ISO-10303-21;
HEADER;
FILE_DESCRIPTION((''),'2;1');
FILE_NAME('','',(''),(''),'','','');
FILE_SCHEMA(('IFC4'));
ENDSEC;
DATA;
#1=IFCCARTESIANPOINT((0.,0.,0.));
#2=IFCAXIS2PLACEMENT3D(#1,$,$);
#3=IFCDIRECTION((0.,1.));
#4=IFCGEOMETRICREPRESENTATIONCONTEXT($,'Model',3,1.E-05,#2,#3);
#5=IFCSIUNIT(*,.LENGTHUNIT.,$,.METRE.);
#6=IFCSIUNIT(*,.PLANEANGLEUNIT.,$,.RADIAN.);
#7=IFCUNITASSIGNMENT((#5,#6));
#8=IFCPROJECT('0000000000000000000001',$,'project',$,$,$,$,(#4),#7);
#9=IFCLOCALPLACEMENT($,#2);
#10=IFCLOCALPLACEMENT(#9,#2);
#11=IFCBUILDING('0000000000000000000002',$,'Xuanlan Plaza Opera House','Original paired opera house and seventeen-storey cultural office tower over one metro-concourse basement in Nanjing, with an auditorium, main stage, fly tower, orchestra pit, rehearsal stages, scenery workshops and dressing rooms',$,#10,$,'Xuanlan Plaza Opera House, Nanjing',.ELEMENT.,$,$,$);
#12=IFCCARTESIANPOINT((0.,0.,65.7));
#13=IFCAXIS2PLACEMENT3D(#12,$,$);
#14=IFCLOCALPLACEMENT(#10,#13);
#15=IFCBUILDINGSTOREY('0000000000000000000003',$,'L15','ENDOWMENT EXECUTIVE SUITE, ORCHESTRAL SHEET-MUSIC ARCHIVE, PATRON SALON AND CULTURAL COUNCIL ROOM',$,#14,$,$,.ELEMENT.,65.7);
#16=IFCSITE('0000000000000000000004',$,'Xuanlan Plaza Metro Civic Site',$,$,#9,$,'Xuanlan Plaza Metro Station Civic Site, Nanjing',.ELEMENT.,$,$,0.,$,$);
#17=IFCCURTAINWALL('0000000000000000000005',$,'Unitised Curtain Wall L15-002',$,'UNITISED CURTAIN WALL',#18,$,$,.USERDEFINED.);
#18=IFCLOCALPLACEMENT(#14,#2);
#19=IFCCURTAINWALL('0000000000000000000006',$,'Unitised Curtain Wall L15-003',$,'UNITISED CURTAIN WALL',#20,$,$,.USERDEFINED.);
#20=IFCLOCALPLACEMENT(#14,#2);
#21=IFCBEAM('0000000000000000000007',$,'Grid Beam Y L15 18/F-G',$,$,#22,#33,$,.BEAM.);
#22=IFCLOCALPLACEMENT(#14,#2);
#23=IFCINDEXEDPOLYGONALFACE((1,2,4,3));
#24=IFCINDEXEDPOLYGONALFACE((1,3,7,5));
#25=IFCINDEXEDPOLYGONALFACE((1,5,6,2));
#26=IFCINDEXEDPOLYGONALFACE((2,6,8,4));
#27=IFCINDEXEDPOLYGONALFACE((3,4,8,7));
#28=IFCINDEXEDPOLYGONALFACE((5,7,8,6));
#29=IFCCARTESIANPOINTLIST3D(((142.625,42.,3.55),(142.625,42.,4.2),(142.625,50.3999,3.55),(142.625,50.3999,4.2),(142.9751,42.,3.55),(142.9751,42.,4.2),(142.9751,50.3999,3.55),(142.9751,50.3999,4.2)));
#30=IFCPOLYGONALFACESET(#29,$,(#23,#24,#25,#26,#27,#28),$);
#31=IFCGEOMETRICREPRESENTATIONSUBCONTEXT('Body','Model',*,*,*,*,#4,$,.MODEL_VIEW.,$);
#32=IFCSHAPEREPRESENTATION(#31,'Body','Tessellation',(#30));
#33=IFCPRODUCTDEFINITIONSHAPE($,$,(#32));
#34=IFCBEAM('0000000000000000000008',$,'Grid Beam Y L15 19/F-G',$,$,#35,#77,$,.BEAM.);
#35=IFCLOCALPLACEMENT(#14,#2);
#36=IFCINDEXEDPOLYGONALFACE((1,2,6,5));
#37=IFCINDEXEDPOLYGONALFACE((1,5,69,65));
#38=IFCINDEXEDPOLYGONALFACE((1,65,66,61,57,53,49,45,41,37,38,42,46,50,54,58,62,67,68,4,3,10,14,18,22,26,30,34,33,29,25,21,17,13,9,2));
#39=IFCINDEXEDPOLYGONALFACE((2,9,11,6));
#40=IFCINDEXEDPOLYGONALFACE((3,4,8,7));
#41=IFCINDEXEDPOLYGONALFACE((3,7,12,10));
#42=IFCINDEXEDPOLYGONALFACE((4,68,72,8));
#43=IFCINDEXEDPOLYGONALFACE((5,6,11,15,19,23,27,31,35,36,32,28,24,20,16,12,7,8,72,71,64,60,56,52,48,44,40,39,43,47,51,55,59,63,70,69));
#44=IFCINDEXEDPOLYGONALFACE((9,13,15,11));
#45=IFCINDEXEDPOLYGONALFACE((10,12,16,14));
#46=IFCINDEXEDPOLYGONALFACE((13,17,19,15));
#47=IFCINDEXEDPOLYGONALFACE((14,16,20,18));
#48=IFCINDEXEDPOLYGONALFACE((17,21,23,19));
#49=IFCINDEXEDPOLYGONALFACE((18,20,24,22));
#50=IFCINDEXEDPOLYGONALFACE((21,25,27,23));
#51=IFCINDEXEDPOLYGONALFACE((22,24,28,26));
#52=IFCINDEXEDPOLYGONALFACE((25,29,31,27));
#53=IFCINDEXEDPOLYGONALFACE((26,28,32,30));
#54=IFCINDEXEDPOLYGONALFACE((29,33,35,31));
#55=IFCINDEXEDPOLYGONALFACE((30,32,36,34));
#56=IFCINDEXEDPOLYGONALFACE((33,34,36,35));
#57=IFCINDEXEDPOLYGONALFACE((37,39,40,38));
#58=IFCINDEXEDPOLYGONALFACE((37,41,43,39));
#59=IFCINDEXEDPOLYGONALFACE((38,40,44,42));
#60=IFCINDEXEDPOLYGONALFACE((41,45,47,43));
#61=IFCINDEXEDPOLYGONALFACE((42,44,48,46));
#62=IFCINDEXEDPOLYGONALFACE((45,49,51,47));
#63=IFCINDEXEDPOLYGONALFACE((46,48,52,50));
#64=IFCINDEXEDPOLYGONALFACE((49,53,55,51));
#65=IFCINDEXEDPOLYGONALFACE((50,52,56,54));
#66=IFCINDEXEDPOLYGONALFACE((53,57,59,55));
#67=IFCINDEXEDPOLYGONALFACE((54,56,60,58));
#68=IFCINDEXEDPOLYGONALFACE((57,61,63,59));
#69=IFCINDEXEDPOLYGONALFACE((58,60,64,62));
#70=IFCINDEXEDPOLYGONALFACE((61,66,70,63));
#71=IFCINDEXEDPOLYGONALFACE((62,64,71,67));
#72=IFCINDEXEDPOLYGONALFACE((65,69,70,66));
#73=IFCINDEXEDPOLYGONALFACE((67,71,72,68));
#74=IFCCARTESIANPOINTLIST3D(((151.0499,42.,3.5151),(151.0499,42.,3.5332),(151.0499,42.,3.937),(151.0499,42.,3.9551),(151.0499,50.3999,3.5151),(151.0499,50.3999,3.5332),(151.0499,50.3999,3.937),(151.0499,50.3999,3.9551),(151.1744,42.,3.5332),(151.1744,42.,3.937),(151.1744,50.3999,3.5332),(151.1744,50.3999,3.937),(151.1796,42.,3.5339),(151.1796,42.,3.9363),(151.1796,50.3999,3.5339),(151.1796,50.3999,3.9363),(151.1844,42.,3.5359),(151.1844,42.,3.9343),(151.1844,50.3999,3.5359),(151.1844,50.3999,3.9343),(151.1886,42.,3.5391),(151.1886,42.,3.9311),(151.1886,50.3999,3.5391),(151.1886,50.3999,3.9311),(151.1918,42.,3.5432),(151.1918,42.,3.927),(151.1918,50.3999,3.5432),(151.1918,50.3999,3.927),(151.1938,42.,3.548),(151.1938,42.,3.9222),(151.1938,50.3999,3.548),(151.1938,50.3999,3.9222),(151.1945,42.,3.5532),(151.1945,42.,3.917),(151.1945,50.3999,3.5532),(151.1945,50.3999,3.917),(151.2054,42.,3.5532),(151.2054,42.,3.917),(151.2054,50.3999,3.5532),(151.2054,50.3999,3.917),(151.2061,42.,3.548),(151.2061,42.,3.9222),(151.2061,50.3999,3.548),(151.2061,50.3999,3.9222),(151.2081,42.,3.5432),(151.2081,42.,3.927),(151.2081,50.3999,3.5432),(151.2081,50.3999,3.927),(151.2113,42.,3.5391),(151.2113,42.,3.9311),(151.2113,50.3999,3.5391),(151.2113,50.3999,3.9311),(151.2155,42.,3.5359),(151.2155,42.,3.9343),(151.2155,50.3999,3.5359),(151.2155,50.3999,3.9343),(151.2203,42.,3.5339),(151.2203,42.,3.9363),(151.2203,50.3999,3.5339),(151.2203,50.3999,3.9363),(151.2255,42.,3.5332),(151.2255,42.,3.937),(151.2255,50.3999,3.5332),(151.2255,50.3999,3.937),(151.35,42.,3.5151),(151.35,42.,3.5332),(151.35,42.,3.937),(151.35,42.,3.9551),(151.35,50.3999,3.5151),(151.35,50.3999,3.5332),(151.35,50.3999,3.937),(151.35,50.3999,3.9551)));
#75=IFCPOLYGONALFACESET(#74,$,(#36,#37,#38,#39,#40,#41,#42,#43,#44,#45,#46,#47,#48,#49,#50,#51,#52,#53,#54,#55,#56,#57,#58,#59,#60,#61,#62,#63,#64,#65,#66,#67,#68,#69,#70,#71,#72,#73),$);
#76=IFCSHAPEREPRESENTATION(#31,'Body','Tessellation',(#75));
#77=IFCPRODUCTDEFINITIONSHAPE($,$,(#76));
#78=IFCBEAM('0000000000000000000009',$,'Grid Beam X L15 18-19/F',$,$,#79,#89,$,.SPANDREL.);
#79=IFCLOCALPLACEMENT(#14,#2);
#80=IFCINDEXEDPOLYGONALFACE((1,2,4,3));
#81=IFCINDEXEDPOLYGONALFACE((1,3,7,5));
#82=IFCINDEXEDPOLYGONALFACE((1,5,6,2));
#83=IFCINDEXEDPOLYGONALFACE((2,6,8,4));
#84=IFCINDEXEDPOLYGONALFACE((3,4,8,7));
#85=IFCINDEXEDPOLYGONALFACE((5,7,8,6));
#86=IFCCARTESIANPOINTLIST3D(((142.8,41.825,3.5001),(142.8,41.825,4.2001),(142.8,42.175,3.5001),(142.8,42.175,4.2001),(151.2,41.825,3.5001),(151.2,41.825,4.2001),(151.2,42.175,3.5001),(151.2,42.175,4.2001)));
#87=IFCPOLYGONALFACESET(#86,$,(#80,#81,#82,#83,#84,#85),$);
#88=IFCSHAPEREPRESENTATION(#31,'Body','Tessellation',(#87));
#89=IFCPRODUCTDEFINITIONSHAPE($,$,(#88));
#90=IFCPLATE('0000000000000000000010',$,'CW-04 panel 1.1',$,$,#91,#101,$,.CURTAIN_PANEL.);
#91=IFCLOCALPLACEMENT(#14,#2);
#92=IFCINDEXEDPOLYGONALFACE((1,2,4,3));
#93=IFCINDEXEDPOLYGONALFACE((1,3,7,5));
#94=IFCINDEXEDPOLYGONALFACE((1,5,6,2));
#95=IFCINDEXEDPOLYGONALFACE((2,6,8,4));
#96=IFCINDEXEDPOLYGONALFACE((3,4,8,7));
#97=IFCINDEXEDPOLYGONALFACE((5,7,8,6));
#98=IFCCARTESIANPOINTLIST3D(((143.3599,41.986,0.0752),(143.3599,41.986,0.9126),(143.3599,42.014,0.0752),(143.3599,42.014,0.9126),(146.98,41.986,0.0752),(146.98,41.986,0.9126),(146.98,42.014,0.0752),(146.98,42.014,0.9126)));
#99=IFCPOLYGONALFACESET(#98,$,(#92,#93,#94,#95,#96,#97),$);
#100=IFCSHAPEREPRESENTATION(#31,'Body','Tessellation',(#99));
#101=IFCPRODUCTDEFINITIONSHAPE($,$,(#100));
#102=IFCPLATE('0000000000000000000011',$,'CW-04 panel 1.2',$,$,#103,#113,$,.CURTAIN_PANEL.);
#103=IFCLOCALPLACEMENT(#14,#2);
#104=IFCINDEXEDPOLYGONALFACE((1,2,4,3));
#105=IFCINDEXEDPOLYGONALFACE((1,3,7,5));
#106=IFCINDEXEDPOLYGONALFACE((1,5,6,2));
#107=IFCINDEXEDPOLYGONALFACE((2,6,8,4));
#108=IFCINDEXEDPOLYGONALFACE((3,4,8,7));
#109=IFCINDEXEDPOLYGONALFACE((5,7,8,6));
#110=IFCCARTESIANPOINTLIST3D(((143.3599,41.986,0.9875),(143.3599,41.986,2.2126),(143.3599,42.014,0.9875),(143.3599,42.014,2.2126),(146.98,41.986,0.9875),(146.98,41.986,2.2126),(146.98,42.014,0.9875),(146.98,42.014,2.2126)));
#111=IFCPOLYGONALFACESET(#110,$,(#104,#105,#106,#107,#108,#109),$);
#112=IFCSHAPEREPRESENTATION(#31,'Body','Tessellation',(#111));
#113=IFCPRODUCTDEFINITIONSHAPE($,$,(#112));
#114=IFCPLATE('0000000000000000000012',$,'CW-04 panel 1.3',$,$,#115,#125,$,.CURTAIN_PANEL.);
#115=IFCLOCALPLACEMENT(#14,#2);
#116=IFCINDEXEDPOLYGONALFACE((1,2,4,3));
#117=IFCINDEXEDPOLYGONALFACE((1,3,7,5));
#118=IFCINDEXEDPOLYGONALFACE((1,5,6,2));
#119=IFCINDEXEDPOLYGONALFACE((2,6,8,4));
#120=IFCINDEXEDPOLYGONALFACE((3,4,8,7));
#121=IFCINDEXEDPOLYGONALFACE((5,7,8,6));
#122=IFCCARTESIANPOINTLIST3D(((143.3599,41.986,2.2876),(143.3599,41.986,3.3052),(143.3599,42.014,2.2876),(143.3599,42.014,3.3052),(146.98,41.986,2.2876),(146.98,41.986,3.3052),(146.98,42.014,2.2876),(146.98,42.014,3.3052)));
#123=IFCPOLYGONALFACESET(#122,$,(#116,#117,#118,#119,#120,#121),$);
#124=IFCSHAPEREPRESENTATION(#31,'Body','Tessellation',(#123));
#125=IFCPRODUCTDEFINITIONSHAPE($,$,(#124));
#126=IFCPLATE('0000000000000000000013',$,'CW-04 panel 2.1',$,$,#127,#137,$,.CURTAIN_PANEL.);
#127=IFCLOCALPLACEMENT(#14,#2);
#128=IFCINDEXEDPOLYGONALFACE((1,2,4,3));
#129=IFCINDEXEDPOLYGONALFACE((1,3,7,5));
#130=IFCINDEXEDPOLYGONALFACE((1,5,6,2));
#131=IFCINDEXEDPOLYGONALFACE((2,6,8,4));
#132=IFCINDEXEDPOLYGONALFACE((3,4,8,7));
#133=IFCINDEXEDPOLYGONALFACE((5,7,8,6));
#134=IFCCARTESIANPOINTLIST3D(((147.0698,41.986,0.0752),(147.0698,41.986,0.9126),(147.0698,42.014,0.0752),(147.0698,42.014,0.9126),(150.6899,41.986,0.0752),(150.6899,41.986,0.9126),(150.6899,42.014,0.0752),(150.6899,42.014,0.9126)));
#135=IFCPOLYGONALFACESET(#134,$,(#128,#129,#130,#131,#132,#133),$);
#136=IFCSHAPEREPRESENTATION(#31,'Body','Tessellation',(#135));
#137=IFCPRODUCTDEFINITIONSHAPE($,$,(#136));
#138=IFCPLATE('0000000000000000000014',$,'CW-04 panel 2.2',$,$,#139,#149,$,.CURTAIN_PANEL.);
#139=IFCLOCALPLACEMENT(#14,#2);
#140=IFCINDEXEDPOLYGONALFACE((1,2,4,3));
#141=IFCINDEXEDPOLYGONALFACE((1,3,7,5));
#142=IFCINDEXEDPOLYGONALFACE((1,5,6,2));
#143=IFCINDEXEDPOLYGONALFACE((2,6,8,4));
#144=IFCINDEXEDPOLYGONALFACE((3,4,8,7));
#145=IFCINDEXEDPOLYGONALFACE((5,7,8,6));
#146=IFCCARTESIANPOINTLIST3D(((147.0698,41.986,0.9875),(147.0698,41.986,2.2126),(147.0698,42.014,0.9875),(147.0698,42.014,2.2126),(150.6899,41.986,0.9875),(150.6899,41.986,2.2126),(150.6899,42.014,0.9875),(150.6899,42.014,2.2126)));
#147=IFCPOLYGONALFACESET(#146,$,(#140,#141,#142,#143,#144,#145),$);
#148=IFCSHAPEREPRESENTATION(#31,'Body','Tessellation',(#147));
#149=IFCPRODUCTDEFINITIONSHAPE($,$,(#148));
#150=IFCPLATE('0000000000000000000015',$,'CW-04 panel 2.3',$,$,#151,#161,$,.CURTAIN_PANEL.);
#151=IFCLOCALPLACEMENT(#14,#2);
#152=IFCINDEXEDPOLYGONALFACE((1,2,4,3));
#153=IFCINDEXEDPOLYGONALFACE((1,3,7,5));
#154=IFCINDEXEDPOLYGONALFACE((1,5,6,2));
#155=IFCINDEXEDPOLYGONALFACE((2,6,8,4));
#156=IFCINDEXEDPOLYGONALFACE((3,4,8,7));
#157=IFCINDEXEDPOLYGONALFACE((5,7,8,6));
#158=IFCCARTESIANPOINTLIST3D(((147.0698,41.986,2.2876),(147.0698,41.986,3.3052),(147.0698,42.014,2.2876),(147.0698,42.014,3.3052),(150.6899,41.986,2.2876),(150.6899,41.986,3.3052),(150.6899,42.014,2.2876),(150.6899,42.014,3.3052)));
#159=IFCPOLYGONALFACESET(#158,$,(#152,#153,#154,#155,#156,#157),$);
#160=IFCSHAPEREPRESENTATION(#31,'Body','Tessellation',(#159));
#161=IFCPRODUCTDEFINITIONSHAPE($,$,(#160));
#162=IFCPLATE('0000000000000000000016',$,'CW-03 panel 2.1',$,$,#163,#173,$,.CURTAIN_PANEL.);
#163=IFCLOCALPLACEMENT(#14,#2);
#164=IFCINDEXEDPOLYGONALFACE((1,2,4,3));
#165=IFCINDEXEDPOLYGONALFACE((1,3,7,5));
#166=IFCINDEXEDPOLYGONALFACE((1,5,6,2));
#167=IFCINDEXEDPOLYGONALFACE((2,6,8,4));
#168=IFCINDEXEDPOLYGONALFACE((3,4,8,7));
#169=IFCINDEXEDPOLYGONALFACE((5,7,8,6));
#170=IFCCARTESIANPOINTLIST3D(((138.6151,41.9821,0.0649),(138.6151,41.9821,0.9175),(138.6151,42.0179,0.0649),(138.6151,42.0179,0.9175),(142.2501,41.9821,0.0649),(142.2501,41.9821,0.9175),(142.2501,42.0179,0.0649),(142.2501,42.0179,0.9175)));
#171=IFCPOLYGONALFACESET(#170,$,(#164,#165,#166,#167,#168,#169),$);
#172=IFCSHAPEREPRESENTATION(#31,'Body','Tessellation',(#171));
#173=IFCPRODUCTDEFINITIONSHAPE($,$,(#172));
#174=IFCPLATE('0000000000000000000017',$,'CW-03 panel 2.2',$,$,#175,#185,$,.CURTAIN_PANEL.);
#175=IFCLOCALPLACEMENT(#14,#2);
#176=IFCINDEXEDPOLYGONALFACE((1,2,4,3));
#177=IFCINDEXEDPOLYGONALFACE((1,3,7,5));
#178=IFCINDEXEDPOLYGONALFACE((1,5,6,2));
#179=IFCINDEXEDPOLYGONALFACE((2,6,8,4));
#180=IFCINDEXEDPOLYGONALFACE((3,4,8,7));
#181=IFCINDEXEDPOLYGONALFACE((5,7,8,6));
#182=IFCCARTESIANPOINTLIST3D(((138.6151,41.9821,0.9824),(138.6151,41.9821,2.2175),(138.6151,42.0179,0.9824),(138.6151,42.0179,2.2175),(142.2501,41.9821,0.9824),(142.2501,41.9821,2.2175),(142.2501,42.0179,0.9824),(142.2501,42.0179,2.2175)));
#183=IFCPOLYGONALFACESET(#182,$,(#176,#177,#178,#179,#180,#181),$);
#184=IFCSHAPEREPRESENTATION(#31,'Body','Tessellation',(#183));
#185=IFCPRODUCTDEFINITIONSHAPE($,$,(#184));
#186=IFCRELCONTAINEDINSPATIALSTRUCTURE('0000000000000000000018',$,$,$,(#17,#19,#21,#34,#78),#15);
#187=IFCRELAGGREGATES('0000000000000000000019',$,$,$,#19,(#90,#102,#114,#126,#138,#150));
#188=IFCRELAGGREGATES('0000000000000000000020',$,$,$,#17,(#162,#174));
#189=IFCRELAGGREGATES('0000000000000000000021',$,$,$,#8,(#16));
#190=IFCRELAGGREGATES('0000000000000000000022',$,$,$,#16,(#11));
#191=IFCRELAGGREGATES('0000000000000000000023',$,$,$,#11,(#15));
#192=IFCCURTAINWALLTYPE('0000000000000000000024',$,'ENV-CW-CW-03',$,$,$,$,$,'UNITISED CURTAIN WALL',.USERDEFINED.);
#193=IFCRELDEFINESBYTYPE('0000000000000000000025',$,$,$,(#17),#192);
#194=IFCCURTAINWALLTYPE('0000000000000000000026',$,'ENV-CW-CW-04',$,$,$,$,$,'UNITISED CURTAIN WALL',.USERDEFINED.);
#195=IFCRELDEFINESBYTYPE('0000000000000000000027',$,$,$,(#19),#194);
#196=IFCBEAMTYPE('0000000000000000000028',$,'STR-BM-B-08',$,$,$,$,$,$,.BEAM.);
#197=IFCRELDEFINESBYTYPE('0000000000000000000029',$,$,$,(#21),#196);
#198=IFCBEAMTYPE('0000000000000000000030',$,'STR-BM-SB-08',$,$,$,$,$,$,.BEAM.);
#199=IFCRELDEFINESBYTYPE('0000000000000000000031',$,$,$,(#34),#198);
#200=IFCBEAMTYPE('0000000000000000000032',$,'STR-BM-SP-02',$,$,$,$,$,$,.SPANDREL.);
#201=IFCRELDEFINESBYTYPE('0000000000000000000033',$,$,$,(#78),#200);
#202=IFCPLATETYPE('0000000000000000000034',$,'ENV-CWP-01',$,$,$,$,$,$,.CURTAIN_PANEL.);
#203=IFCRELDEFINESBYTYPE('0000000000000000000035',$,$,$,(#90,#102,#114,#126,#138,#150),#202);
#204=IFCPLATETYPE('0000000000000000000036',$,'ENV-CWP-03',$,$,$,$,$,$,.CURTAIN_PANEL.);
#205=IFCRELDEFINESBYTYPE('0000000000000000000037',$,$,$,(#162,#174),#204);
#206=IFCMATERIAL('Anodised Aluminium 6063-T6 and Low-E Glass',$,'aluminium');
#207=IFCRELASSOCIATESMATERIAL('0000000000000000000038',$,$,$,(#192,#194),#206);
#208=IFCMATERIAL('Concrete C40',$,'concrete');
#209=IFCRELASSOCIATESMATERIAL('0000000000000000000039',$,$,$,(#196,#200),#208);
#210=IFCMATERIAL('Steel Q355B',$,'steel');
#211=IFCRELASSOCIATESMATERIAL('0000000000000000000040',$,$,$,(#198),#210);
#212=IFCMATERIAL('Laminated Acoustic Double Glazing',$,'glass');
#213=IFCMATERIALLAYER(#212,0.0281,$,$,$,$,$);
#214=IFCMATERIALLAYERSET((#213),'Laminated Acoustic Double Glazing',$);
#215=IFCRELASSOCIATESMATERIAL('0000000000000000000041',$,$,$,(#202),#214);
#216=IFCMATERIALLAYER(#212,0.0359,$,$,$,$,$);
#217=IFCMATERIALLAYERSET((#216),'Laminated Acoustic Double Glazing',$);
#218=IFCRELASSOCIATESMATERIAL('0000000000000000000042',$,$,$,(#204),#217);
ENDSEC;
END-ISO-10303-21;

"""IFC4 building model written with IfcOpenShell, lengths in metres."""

from ifc_helpers import new_model, si_unit, direction, frame, origin, origin_2d, place, context, subcontext, project, spatial, rectangle, i_section, extrude, material, layer, layer_set, material_profile, profile_set, type_object, element, aggregate, save


model = new_model("IFC4")

# Units and contexts
model_context = context("Model", 3, precision=1e-05, world=origin(), true_north=direction((0.0, 1.0)))
body_context = subcontext(model_context, "Body", "Model", "MODEL_VIEW")
ifc_project = project(units=[si_unit("LENGTHUNIT", "METRE"), si_unit("PLANEANGLEUNIT", "RADIAN")], contexts=[model_context])

# Site, building, storey
site_placement = place(None, origin())
site = spatial("IfcSite", under=ifc_project, at=site_placement, Name="Xuanlan Plaza Metro Civic Site", LongName="Xuanlan Plaza Metro Station Civic Site, Nanjing", CompositionType="ELEMENT", RefElevation=0.0)
building_placement = place(site_placement, origin())
building = spatial("IfcBuilding", under=site, at=building_placement, Name="Xuanlan Plaza Opera House", Description="Original paired opera house and seventeen-storey cultural office tower over one metro-concourse basement in Nanjing, with an auditorium, main stage, fly tower, orchestra pit, rehearsal stages, scenery workshops and dressing rooms", LongName="Xuanlan Plaza Opera House, Nanjing", CompositionType="ELEMENT")
storey_placement = place(building_placement, frame((0.0, 0.0, 65.7)))
storey = spatial("IfcBuildingStorey", under=building, at=storey_placement, Name="L15", Description="ENDOWMENT EXECUTIVE SUITE, ORCHESTRAL SHEET-MUSIC ARCHIVE, PATRON SALON AND CULTURAL COUNCIL ROOM", CompositionType="ELEMENT", Elevation=65.7)

# Curtain wall
ifc_material_1 = material(Name="Anodised Aluminium 6063-T6 and Low-E Glass", Category="aluminium")
curtain_wall_type_1 = type_object("IfcCurtainWallType", Name="ENV-CW-CW-03", ElementType="UNITISED CURTAIN WALL", PredefinedType="USERDEFINED", material=ifc_material_1)
curtain_wall_1_placement = place(storey_placement, origin())
curtain_wall_1 = element("IfcCurtainWall", 1, at=curtain_wall_1_placement, inside=storey, type_object=curtain_wall_type_1, Name="Unitised Curtain Wall L15-002", ObjectType="UNITISED CURTAIN WALL", PredefinedType="USERDEFINED")

# Curtain wall
curtain_wall_type_2 = type_object("IfcCurtainWallType", Name="ENV-CW-CW-04", ElementType="UNITISED CURTAIN WALL", PredefinedType="USERDEFINED", material=ifc_material_1)
curtain_wall_2_placement = place(storey_placement, origin())
curtain_wall_2 = element("IfcCurtainWall", 2, at=curtain_wall_2_placement, inside=storey, type_object=curtain_wall_type_2, Name="Unitised Curtain Wall L15-003", ObjectType="UNITISED CURTAIN WALL", PredefinedType="USERDEFINED")

# Beams
ifc_material_2 = material(Name="Concrete C40", Category="concrete")
ifc_material_profile_1 = material_profile(ifc_material_2, rectangle(XDim=0.3501, YDim=0.6499, at=origin_2d()), Name="RC-BM 350x650")
ifc_profile_set_1 = profile_set([ifc_material_profile_1], Name="Concrete C40")
beam_type_1 = type_object("IfcBeamType", Name="STR-BM-B-08", PredefinedType="BEAM", material=ifc_profile_set_1)
beam_1_placement = place(storey_placement, frame((142.8, 42.0, 3.875), z_axis=(0.0, 1.0, 0.0), x_axis=(-1.0, 0.0, 0.0)))
element("IfcBeam", 3, at=beam_1_placement, inside=storey, type_object=beam_type_1, Name="Grid Beam Y L15 18/F-G", PredefinedType="BEAM", context=body_context, shape_type="SweptSolid", body=[
    extrude(rectangle(XDim=0.3501, YDim=0.6499, at=origin_2d()), origin(), (0.0, 0.0, 1.0), 8.3999),
])
ifc_material_3 = material(Name="Steel Q355B", Category="steel")
ifc_material_profile_2 = material_profile(ifc_material_3, i_section(OverallWidth=0.3, OverallDepth=0.4399, WebThickness=0.011, FlangeThickness=0.0181, FilletRadius=0.02, at=origin_2d()), Name="HM 440x300x11x18")
ifc_profile_set_2 = profile_set([ifc_material_profile_2], Name="Steel Q355B")
beam_type_2 = type_object("IfcBeamType", Name="STR-BM-SB-08", PredefinedType="BEAM", material=ifc_profile_set_2)
beam_2_placement = place(storey_placement, frame((151.2, 42.0, 3.7351), z_axis=(0.0, 1.0, 0.0), x_axis=(-1.0, 0.0, 0.0)))
element("IfcBeam", 4, at=beam_2_placement, inside=storey, type_object=beam_type_2, Name="Grid Beam Y L15 19/F-G", PredefinedType="BEAM", context=body_context, shape_type="SweptSolid", body=[
    extrude(i_section(OverallWidth=0.3, OverallDepth=0.4399, WebThickness=0.011, FlangeThickness=0.0181, FilletRadius=0.02, at=origin_2d()), origin(), (0.0, 0.0, 1.0), 8.3999),
])
ifc_material_profile_3 = material_profile(ifc_material_2, rectangle(XDim=0.3501, YDim=0.7, at=origin_2d()), Name="RC-SPD 350x700")
ifc_profile_set_3 = profile_set([ifc_material_profile_3], Name="Concrete C40")
beam_type_3 = type_object("IfcBeamType", Name="STR-BM-SP-02", PredefinedType="SPANDREL", material=ifc_profile_set_3)
beam_3_placement = place(storey_placement, frame((142.8, 42.0, 3.8501), z_axis=(1.0, 0.0, 0.0), x_axis=(0.0, 1.0, 0.0)))
element("IfcBeam", 5, at=beam_3_placement, inside=storey, type_object=beam_type_3, Name="Grid Beam X L15 18-19/F", PredefinedType="SPANDREL", context=body_context, shape_type="SweptSolid", body=[
    extrude(rectangle(XDim=0.3501, YDim=0.7, at=origin_2d()), origin(), (0.0, 0.0, 1.0), 8.3999),
])

# Plates
ifc_material_4 = material(Name="Laminated Acoustic Double Glazing", Category="glass")
ifc_layer_1 = layer(ifc_material_4, 0.0281)
ifc_layer_set_1 = layer_set([ifc_layer_1], Name="Laminated Acoustic Double Glazing")
plate_type_1 = type_object("IfcPlateType", Name="ENV-CWP-01", PredefinedType="CURTAIN_PANEL", material=ifc_layer_set_1)
plate_1_placement = place(storey_placement, frame((145.1699, 42.0, 0.0752), z_axis=(0.0, 0.0, 1.0), x_axis=(1.0, 0.0, 0.0)))
plate_1 = element("IfcPlate", 6, at=plate_1_placement, type_object=plate_type_1, Name="CW-04 panel 1.1", PredefinedType="CURTAIN_PANEL", context=body_context, shape_type="SweptSolid", body=[
    extrude(rectangle(XDim=3.6201, YDim=0.0281, at=origin_2d()), origin(), (0.0, 0.0, 1.0), 0.8374),
])
plate_2_placement = place(storey_placement, frame((145.1699, 42.0, 0.9875), z_axis=(0.0, 0.0, 1.0), x_axis=(1.0, 0.0, 0.0)))
plate_2 = element("IfcPlate", 7, at=plate_2_placement, type_object=plate_type_1, Name="CW-04 panel 1.2", PredefinedType="CURTAIN_PANEL", context=body_context, shape_type="SweptSolid", body=[
    extrude(rectangle(XDim=3.6201, YDim=0.0281, at=origin_2d()), origin(), (0.0, 0.0, 1.0), 1.2251),
])
plate_3_placement = place(storey_placement, frame((145.1699, 42.0, 2.2876), z_axis=(0.0, 0.0, 1.0), x_axis=(1.0, 0.0, 0.0)))
plate_3 = element("IfcPlate", 8, at=plate_3_placement, type_object=plate_type_1, Name="CW-04 panel 1.3", PredefinedType="CURTAIN_PANEL", context=body_context, shape_type="SweptSolid", body=[
    extrude(rectangle(XDim=3.6201, YDim=0.0281, at=origin_2d()), origin(), (0.0, 0.0, 1.0), 1.0176),
])
plate_4_placement = place(storey_placement, frame((148.8799, 42.0, 0.0752), z_axis=(0.0, 0.0, 1.0), x_axis=(1.0, 0.0, 0.0)))
plate_4 = element("IfcPlate", 9, at=plate_4_placement, type_object=plate_type_1, Name="CW-04 panel 2.1", PredefinedType="CURTAIN_PANEL", context=body_context, shape_type="SweptSolid", body=[
    extrude(rectangle(XDim=3.6201, YDim=0.0281, at=origin_2d()), origin(), (0.0, 0.0, 1.0), 0.8374),
])
plate_5_placement = place(storey_placement, frame((148.8799, 42.0, 0.9875), z_axis=(0.0, 0.0, 1.0), x_axis=(1.0, 0.0, 0.0)))
plate_5 = element("IfcPlate", 10, at=plate_5_placement, type_object=plate_type_1, Name="CW-04 panel 2.2", PredefinedType="CURTAIN_PANEL", context=body_context, shape_type="SweptSolid", body=[
    extrude(rectangle(XDim=3.6201, YDim=0.0281, at=origin_2d()), origin(), (0.0, 0.0, 1.0), 1.2251),
])
plate_6_placement = place(storey_placement, frame((148.8799, 42.0, 2.2876), z_axis=(0.0, 0.0, 1.0), x_axis=(1.0, 0.0, 0.0)))
plate_6 = element("IfcPlate", 11, at=plate_6_placement, type_object=plate_type_1, Name="CW-04 panel 2.3", PredefinedType="CURTAIN_PANEL", context=body_context, shape_type="SweptSolid", body=[
    extrude(rectangle(XDim=3.6201, YDim=0.0281, at=origin_2d()), origin(), (0.0, 0.0, 1.0), 1.0176),
])
aggregate(curtain_wall_2, [plate_1, plate_2, plate_3, plate_4, plate_5, plate_6])
ifc_layer_2 = layer(ifc_material_4, 0.0359)
ifc_layer_set_2 = layer_set([ifc_layer_2], Name="Laminated Acoustic Double Glazing")
plate_type_2 = type_object("IfcPlateType", Name="ENV-CWP-03", PredefinedType="CURTAIN_PANEL", material=ifc_layer_set_2)
plate_7_placement = place(storey_placement, frame((140.4326, 42.0, 0.0649), z_axis=(0.0, 0.0, 1.0), x_axis=(1.0, 0.0, 0.0)))
plate_7 = element("IfcPlate", 12, at=plate_7_placement, type_object=plate_type_2, Name="CW-03 panel 2.1", PredefinedType="CURTAIN_PANEL", context=body_context, shape_type="SweptSolid", body=[
    extrude(rectangle(XDim=3.635, YDim=0.0359, at=origin_2d()), origin(), (0.0, 0.0, 1.0), 0.8525),
])
plate_8_placement = place(storey_placement, frame((140.4326, 42.0, 0.9824), z_axis=(0.0, 0.0, 1.0), x_axis=(1.0, 0.0, 0.0)))
plate_8 = element("IfcPlate", 13, at=plate_8_placement, type_object=plate_type_2, Name="CW-03 panel 2.2", PredefinedType="CURTAIN_PANEL", context=body_context, shape_type="SweptSolid", body=[
    extrude(rectangle(XDim=3.635, YDim=0.0359, at=origin_2d()), origin(), (0.0, 0.0, 1.0), 1.2351),
])
aggregate(curtain_wall_1, [plate_7, plate_8])

save(model, "model.ifc")
